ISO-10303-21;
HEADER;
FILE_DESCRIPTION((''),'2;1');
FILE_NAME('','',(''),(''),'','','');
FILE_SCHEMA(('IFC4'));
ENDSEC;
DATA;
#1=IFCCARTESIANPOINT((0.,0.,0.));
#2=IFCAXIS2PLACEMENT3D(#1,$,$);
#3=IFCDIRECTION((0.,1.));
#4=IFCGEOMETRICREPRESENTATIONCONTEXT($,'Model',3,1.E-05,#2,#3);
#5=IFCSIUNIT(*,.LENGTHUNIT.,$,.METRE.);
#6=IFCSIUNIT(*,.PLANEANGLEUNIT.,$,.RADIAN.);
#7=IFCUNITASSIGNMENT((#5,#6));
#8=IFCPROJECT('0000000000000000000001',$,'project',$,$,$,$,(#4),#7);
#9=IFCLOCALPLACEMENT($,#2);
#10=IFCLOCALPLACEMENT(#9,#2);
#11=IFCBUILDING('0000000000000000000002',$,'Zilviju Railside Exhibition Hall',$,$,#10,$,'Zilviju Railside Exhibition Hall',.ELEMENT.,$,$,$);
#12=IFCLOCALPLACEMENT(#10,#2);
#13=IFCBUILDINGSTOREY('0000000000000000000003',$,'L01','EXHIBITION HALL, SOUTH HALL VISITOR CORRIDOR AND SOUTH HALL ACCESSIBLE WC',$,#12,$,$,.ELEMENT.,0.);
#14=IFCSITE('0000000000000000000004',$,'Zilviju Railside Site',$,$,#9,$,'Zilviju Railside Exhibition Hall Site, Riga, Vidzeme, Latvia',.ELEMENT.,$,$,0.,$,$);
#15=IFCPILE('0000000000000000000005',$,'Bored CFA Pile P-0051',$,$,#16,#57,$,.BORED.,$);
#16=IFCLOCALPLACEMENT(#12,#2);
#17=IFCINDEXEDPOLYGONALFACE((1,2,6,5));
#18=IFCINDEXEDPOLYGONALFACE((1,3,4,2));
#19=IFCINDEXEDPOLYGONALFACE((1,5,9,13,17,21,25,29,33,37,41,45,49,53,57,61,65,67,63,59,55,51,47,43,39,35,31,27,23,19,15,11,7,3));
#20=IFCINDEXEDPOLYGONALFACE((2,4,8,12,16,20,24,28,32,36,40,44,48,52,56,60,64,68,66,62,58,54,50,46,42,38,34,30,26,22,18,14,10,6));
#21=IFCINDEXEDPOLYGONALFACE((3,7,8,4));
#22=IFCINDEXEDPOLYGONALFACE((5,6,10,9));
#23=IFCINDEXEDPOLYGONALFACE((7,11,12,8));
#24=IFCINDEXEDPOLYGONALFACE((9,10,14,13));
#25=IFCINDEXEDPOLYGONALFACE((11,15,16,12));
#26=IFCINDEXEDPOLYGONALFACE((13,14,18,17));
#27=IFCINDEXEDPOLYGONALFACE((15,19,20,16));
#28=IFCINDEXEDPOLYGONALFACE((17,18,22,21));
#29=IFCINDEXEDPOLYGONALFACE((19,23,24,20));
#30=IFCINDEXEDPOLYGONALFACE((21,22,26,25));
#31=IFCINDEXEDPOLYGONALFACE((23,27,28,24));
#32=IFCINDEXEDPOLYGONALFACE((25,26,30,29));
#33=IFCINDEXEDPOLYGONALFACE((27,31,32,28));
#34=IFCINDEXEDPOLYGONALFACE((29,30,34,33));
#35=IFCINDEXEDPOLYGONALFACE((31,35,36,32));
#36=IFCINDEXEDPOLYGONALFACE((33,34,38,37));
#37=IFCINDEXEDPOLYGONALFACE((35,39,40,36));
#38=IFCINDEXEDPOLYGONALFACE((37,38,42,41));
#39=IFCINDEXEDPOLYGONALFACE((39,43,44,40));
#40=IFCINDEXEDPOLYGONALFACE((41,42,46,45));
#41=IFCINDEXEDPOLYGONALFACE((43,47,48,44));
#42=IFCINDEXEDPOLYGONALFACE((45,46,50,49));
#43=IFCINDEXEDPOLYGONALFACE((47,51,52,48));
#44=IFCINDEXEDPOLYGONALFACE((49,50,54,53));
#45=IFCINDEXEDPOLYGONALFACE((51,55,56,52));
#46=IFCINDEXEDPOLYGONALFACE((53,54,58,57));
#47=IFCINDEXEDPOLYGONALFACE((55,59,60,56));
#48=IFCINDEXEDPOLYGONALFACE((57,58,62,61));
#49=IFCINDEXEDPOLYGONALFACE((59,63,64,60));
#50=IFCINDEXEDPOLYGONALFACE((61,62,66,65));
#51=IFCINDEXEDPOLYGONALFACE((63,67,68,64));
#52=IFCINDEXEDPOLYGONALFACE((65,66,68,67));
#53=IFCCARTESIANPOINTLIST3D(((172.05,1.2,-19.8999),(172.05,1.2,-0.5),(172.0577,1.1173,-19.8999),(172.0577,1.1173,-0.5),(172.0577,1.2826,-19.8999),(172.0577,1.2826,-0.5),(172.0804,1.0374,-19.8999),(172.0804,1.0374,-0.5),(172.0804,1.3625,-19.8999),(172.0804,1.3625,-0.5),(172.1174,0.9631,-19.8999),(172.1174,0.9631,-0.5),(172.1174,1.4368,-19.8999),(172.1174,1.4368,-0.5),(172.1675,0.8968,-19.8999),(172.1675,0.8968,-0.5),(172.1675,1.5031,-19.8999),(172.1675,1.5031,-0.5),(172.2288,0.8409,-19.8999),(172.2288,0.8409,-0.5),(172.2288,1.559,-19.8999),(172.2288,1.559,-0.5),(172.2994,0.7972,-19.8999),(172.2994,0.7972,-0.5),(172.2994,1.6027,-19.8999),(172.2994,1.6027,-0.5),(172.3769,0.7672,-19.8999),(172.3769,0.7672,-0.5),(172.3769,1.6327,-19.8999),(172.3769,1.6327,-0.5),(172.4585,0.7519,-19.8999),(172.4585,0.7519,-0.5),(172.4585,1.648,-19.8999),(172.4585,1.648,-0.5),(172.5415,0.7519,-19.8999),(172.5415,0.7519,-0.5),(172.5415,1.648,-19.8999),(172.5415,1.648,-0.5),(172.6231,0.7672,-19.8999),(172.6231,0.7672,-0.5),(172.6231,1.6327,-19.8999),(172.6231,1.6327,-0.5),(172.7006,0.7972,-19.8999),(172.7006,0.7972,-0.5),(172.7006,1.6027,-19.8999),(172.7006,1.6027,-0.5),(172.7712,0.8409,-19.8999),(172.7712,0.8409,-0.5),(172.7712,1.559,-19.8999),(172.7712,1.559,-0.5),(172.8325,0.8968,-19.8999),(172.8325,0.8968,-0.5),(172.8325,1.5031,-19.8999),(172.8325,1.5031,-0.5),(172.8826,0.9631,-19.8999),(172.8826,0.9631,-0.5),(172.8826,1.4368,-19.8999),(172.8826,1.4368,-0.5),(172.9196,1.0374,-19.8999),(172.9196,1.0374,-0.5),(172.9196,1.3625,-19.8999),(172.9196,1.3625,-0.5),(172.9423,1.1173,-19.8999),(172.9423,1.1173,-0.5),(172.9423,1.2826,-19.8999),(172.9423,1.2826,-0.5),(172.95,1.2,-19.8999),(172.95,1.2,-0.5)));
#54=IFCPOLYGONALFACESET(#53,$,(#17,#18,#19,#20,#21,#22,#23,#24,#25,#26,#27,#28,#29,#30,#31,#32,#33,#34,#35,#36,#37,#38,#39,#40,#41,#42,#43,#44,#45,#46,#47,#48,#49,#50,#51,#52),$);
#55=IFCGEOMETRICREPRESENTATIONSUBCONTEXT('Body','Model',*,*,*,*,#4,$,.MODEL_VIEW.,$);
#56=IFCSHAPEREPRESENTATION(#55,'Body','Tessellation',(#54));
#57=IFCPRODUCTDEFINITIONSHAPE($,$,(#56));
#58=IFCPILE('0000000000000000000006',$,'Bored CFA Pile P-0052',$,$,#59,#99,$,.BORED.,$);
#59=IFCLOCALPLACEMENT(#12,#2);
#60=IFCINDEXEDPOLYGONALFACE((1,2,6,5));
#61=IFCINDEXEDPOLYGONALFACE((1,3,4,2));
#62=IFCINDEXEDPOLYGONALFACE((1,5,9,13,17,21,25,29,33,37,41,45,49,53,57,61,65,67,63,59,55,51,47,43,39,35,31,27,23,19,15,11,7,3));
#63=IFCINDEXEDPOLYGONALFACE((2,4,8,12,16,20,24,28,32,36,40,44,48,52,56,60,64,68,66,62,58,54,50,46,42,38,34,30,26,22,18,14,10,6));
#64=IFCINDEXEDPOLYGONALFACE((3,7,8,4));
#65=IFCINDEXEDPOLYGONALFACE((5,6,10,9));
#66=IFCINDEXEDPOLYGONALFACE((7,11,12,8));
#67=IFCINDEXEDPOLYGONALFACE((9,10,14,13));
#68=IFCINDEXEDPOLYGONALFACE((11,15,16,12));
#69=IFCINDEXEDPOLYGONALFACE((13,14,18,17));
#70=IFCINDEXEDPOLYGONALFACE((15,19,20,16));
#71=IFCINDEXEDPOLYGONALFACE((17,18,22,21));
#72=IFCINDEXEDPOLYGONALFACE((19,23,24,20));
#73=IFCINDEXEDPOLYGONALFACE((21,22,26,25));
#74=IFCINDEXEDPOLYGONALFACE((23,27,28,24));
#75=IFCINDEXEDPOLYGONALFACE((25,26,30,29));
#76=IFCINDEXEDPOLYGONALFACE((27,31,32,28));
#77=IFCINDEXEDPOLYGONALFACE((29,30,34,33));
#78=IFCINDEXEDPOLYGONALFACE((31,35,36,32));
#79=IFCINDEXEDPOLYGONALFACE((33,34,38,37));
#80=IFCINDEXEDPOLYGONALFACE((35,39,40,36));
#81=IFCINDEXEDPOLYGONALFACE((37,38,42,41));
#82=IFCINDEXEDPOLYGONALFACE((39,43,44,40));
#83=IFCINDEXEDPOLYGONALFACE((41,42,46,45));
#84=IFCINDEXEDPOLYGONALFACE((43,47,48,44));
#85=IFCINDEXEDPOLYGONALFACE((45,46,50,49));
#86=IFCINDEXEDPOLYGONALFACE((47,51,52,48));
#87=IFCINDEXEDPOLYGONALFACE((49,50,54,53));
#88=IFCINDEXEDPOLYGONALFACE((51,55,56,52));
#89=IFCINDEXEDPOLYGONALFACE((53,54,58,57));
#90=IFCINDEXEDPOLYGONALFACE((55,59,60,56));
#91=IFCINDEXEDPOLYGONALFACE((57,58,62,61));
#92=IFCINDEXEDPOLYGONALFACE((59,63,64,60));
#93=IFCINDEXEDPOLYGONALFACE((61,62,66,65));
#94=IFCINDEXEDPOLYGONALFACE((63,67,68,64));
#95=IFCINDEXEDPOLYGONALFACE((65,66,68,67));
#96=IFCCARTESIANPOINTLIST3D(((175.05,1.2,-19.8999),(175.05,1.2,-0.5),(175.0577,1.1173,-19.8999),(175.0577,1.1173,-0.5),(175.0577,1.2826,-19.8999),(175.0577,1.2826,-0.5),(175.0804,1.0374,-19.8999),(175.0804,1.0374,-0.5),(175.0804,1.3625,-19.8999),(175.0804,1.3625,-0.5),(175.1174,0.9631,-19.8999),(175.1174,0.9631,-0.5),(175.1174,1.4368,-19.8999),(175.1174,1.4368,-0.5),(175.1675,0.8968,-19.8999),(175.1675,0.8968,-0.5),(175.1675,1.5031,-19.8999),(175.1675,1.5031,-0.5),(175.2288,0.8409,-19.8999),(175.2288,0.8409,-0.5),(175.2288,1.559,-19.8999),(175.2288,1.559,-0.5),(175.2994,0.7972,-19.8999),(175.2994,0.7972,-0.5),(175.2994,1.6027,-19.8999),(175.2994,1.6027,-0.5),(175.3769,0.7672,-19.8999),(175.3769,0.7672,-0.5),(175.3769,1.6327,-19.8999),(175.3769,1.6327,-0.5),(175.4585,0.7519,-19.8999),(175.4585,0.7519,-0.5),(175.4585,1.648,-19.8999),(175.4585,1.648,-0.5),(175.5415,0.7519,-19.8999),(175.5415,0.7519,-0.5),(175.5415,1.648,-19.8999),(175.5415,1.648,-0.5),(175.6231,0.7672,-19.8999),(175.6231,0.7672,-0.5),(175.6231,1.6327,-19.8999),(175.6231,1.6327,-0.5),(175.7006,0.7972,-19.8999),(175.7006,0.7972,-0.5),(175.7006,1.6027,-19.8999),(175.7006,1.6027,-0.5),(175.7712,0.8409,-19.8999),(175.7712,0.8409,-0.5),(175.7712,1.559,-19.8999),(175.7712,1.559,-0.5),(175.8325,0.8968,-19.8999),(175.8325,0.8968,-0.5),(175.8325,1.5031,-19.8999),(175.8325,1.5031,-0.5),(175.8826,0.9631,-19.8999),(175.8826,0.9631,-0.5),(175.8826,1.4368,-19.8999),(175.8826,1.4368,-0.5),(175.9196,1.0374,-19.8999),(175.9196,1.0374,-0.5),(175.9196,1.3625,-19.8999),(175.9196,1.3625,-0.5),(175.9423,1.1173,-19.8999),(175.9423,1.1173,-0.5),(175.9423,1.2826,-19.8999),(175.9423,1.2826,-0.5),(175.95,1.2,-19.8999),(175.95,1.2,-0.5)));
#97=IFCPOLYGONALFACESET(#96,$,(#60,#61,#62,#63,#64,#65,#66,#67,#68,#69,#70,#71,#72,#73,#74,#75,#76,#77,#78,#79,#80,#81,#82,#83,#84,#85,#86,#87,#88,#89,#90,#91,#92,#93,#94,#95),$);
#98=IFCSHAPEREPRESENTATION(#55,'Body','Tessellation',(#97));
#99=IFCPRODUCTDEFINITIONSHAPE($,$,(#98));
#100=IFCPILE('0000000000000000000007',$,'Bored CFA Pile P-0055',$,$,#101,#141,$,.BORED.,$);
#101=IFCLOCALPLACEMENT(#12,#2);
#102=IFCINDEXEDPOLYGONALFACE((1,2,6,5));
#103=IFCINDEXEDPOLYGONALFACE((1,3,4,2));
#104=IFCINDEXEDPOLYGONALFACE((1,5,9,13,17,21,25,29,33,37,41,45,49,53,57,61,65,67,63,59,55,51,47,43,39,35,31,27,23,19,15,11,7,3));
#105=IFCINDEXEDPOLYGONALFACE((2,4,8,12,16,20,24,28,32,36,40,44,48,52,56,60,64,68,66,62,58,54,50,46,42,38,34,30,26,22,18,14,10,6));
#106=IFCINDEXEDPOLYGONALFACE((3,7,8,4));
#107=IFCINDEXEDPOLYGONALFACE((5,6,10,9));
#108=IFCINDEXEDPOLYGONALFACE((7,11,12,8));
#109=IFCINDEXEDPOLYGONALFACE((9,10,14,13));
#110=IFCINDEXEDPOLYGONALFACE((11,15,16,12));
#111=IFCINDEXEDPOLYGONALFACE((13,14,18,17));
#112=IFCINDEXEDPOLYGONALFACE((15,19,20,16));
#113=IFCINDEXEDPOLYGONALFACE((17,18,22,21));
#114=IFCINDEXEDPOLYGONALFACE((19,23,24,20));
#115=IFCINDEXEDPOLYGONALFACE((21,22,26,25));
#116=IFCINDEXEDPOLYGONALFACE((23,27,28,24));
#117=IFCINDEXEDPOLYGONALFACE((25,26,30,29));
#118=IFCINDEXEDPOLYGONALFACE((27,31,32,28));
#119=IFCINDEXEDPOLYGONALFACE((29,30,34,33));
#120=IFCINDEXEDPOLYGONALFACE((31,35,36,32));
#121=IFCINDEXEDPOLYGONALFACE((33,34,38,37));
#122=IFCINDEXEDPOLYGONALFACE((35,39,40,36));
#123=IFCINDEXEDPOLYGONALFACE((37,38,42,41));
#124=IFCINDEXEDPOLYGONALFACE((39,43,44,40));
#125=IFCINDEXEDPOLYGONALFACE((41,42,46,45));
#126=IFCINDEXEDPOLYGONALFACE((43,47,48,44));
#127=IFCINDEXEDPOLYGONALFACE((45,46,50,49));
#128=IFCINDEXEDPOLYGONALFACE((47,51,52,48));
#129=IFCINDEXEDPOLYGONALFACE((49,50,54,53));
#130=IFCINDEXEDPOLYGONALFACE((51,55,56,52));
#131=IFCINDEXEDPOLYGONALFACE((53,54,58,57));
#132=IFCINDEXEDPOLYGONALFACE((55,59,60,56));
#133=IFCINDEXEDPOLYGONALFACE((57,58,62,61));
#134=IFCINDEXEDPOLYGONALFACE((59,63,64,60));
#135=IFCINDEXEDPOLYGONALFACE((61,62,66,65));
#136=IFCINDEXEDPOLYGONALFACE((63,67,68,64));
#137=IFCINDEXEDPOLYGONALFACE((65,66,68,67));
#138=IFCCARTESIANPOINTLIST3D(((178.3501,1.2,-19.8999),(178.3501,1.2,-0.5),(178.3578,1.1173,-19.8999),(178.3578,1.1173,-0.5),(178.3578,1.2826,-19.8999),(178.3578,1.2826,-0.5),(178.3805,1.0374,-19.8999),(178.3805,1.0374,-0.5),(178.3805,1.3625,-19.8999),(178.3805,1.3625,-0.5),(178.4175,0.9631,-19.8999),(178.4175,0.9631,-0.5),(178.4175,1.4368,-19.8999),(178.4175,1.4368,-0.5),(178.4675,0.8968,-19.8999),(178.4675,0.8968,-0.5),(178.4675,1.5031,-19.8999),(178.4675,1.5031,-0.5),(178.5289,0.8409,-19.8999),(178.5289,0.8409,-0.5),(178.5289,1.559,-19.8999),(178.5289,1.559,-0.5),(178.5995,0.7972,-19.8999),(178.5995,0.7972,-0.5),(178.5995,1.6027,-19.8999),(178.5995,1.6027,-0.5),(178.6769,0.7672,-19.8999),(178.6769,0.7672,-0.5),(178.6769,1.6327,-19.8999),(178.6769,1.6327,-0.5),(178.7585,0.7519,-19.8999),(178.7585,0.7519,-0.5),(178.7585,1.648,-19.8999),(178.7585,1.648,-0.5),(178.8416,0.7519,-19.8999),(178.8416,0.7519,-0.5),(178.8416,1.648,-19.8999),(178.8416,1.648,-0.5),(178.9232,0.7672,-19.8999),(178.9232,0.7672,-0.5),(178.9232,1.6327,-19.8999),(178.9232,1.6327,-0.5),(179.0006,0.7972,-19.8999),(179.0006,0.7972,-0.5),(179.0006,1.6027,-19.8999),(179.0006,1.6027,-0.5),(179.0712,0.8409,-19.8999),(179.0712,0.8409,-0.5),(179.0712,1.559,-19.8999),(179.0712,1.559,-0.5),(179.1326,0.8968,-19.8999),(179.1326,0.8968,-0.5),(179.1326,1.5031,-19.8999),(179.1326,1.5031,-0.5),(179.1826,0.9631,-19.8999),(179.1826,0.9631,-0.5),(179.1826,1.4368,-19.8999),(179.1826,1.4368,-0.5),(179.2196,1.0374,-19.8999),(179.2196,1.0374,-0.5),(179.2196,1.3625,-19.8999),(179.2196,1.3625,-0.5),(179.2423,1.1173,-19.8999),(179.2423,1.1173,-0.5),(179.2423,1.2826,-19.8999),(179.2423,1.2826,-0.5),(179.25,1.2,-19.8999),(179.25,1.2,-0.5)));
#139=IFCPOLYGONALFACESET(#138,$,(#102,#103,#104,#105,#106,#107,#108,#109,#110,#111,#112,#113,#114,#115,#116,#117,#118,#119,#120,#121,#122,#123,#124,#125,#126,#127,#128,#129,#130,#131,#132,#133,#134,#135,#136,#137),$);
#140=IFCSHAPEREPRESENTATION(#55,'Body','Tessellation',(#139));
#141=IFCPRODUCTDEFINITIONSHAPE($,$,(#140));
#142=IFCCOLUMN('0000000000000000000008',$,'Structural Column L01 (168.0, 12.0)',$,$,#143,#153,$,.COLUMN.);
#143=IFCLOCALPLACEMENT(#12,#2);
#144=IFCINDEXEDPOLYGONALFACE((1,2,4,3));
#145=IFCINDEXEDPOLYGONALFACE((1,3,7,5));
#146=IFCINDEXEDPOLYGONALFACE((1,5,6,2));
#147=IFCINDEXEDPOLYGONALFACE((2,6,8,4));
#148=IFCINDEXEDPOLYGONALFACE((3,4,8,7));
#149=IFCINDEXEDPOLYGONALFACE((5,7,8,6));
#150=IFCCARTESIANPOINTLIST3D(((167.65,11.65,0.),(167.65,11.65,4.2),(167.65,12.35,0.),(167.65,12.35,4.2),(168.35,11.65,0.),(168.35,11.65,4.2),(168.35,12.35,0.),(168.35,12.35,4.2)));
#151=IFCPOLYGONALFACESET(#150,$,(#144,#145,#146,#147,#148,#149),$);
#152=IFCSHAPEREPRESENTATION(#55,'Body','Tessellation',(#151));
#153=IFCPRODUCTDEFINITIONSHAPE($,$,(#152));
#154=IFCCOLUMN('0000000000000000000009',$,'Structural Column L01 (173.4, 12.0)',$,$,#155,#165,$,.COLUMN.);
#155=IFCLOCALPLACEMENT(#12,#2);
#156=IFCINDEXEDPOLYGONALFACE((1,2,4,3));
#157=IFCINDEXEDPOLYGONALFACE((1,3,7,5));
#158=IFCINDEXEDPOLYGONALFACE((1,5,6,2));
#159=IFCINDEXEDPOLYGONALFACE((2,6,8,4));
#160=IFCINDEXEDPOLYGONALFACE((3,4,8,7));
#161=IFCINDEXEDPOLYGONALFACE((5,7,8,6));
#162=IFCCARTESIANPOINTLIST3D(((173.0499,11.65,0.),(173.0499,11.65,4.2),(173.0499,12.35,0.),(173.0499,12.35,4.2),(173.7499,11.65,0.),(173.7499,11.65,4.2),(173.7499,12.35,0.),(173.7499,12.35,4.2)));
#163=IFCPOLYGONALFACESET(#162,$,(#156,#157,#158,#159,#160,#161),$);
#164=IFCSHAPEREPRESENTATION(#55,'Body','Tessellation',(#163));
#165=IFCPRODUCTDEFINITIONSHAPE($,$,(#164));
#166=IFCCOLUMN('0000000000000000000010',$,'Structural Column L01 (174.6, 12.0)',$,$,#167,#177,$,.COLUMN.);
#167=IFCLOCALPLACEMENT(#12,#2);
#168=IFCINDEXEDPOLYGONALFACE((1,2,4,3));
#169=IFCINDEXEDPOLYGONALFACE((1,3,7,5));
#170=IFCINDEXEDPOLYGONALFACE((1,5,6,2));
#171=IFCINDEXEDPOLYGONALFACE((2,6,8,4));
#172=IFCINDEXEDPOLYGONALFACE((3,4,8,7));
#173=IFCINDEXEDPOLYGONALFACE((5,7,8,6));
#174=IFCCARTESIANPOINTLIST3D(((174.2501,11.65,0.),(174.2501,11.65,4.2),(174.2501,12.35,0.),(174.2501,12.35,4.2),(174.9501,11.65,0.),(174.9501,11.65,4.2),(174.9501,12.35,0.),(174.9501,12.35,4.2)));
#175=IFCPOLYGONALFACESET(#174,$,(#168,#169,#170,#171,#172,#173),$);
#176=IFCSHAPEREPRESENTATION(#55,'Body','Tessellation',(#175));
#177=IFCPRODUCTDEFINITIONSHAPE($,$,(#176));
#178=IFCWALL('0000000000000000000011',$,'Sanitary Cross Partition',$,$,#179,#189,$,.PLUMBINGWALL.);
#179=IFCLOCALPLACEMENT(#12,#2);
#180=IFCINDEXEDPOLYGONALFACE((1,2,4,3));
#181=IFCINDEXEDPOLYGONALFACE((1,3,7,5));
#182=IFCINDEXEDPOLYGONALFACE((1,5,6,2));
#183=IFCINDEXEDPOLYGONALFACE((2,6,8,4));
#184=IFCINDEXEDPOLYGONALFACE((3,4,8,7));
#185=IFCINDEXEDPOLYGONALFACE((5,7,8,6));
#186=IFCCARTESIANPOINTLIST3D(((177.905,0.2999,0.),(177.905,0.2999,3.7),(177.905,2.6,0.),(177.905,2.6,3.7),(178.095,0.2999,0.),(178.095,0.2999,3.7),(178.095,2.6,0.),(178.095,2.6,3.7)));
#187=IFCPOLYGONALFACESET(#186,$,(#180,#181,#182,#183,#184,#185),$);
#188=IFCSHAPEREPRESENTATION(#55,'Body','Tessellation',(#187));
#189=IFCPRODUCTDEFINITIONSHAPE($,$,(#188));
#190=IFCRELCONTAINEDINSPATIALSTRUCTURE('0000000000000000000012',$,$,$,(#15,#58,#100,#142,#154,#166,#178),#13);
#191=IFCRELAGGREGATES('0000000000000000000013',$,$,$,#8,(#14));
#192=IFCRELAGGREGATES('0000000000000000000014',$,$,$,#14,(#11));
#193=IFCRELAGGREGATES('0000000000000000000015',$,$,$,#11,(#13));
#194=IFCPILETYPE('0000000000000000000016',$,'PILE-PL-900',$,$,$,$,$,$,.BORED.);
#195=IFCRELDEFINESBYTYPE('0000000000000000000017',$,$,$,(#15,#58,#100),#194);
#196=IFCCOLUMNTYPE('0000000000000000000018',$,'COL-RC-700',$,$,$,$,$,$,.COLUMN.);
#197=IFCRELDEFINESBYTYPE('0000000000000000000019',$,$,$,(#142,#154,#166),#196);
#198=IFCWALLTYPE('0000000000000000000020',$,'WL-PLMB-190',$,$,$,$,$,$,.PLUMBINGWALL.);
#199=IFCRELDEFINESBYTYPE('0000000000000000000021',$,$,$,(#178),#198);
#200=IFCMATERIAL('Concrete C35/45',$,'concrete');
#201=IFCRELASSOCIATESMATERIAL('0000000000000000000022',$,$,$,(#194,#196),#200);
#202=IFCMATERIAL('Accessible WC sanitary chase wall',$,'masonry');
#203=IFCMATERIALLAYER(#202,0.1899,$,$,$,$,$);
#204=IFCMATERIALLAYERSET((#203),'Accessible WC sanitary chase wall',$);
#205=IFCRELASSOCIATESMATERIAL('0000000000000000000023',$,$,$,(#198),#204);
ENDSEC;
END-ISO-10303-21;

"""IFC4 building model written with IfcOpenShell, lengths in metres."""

from ifc_helpers import new_model, si_unit, direction, frame, frame_2d, origin, origin_2d, place, context, subcontext, project, spatial, rectangle, circle, extrude, material, layer, layer_set, material_profile, profile_set, type_object, element, save


model = new_model("IFC4")

# Units and contexts
model_context = context("Model", 3, precision=1e-05, world=origin(), true_north=direction((0.0, 1.0)))
body_context = subcontext(model_context, "Body", "Model", "MODEL_VIEW")
ifc_project = project(units=[si_unit("LENGTHUNIT", "METRE"), si_unit("PLANEANGLEUNIT", "RADIAN")], contexts=[model_context])

# Site, building, storey
site_placement = place(None, origin())
site = spatial("IfcSite", under=ifc_project, at=site_placement, Name="Zilviju Railside Site", LongName="Zilviju Railside Exhibition Hall Site, Riga, Vidzeme, Latvia", CompositionType="ELEMENT", RefElevation=0.0)
building_placement = place(site_placement, origin())
building = spatial("IfcBuilding", under=site, at=building_placement, Name="Zilviju Railside Exhibition Hall", LongName="Zilviju Railside Exhibition Hall", CompositionType="ELEMENT")
storey_placement = place(building_placement, origin())
storey = spatial("IfcBuildingStorey", under=building, at=storey_placement, Name="L01", Description="EXHIBITION HALL, SOUTH HALL VISITOR CORRIDOR AND SOUTH HALL ACCESSIBLE WC", CompositionType="ELEMENT", Elevation=0.0)

# Shared definitions
ifc_material_1 = material(Name="Concrete C35/45", Category="concrete")

# Piles
ifc_material_profile_1 = material_profile(ifc_material_1, circle(Radius=0.45, at=origin_2d()), Name="CFA PILE D900")
ifc_profile_set_1 = profile_set([ifc_material_profile_1], Name="Concrete C35/45")
pile_type_1 = type_object("IfcPileType", Name="PILE-PL-900", PredefinedType="BORED", material=ifc_profile_set_1)
for number, where, z_axis, x_axis, name in (
    (1, (172.5, 1.2, -0.5), (0.0, 0.0, -1.0), (1.0, 0.0, 0.0), "Bored CFA Pile P-0051"),
    (2, (175.5, 1.2, -0.5), (0.0, 0.0, -1.0), (1.0, 0.0, 0.0), "Bored CFA Pile P-0052"),
    (3, (178.8, 1.2, -0.5), (0.0, 0.0, -1.0), (1.0, 0.0, 0.0), "Bored CFA Pile P-0055"),
):
    element("IfcPile", number, at=place(storey_placement, frame(where, z_axis=z_axis, x_axis=x_axis)), inside=storey, type_object=pile_type_1, Name=name, PredefinedType="BORED", context=body_context, shape_type="SweptSolid", body=[
        extrude(circle(Radius=0.45, at=origin_2d()), origin(), (0.0, 0.0, 1.0), 19.3999),
    ])

# Columns
ifc_material_profile_2 = material_profile(ifc_material_1, rectangle(XDim=0.7, YDim=0.7, at=origin_2d()), Name="RC COL 700x700")
ifc_profile_set_2 = profile_set([ifc_material_profile_2], Name="Concrete C35/45")
column_type = type_object("IfcColumnType", Name="COL-RC-700", PredefinedType="COLUMN", material=ifc_profile_set_2)
for number, where, z_axis, x_axis, name in (
    (4, (168.0, 12.0, 0.0), (0.0, 0.0, 1.0), (1.0, 0.0, 0.0), "Structural Column L01 (168.0, 12.0)"),
    (5, (173.3999, 12.0, 0.0), (0.0, 0.0, 1.0), (1.0, 0.0, 0.0), "Structural Column L01 (173.4, 12.0)"),
    (6, (174.6001, 12.0, 0.0), (0.0, 0.0, 1.0), (1.0, 0.0, 0.0), "Structural Column L01 (174.6, 12.0)"),
):
    element("IfcColumn", number, at=place(storey_placement, frame(where, z_axis=z_axis, x_axis=x_axis)), inside=storey, type_object=column_type, Name=name, PredefinedType="COLUMN", context=body_context, shape_type="SweptSolid", body=[
        extrude(rectangle(XDim=0.7, YDim=0.7, at=origin_2d()), origin(), (0.0, 0.0, 1.0), 4.2),
    ])

# Wall
ifc_material_2 = material(Name="Accessible WC sanitary chase wall", Category="masonry")
ifc_layer = layer(ifc_material_2, 0.1899)
ifc_layer_set = layer_set([ifc_layer], Name="Accessible WC sanitary chase wall")
wall_type = type_object("IfcWallType", Name="WL-PLMB-190", PredefinedType="PLUMBINGWALL", material=ifc_layer_set)
wall_placement = place(storey_placement, frame((178.0, 0.3, 0.0), z_axis=(0.0, 0.0, 1.0), x_axis=(0.0, 1.0, 0.0)))
element("IfcWall", 7, at=wall_placement, inside=storey, type_object=wall_type, Name="Sanitary Cross Partition", PredefinedType="PLUMBINGWALL", context=body_context, shape_type="SweptSolid", body=[
    extrude(rectangle(XDim=2.3, YDim=0.1899, at=frame_2d((1.1499, 0.0))), origin(), (0.0, 0.0, 1.0), 3.7),
])

save(model, "model.ifc")
